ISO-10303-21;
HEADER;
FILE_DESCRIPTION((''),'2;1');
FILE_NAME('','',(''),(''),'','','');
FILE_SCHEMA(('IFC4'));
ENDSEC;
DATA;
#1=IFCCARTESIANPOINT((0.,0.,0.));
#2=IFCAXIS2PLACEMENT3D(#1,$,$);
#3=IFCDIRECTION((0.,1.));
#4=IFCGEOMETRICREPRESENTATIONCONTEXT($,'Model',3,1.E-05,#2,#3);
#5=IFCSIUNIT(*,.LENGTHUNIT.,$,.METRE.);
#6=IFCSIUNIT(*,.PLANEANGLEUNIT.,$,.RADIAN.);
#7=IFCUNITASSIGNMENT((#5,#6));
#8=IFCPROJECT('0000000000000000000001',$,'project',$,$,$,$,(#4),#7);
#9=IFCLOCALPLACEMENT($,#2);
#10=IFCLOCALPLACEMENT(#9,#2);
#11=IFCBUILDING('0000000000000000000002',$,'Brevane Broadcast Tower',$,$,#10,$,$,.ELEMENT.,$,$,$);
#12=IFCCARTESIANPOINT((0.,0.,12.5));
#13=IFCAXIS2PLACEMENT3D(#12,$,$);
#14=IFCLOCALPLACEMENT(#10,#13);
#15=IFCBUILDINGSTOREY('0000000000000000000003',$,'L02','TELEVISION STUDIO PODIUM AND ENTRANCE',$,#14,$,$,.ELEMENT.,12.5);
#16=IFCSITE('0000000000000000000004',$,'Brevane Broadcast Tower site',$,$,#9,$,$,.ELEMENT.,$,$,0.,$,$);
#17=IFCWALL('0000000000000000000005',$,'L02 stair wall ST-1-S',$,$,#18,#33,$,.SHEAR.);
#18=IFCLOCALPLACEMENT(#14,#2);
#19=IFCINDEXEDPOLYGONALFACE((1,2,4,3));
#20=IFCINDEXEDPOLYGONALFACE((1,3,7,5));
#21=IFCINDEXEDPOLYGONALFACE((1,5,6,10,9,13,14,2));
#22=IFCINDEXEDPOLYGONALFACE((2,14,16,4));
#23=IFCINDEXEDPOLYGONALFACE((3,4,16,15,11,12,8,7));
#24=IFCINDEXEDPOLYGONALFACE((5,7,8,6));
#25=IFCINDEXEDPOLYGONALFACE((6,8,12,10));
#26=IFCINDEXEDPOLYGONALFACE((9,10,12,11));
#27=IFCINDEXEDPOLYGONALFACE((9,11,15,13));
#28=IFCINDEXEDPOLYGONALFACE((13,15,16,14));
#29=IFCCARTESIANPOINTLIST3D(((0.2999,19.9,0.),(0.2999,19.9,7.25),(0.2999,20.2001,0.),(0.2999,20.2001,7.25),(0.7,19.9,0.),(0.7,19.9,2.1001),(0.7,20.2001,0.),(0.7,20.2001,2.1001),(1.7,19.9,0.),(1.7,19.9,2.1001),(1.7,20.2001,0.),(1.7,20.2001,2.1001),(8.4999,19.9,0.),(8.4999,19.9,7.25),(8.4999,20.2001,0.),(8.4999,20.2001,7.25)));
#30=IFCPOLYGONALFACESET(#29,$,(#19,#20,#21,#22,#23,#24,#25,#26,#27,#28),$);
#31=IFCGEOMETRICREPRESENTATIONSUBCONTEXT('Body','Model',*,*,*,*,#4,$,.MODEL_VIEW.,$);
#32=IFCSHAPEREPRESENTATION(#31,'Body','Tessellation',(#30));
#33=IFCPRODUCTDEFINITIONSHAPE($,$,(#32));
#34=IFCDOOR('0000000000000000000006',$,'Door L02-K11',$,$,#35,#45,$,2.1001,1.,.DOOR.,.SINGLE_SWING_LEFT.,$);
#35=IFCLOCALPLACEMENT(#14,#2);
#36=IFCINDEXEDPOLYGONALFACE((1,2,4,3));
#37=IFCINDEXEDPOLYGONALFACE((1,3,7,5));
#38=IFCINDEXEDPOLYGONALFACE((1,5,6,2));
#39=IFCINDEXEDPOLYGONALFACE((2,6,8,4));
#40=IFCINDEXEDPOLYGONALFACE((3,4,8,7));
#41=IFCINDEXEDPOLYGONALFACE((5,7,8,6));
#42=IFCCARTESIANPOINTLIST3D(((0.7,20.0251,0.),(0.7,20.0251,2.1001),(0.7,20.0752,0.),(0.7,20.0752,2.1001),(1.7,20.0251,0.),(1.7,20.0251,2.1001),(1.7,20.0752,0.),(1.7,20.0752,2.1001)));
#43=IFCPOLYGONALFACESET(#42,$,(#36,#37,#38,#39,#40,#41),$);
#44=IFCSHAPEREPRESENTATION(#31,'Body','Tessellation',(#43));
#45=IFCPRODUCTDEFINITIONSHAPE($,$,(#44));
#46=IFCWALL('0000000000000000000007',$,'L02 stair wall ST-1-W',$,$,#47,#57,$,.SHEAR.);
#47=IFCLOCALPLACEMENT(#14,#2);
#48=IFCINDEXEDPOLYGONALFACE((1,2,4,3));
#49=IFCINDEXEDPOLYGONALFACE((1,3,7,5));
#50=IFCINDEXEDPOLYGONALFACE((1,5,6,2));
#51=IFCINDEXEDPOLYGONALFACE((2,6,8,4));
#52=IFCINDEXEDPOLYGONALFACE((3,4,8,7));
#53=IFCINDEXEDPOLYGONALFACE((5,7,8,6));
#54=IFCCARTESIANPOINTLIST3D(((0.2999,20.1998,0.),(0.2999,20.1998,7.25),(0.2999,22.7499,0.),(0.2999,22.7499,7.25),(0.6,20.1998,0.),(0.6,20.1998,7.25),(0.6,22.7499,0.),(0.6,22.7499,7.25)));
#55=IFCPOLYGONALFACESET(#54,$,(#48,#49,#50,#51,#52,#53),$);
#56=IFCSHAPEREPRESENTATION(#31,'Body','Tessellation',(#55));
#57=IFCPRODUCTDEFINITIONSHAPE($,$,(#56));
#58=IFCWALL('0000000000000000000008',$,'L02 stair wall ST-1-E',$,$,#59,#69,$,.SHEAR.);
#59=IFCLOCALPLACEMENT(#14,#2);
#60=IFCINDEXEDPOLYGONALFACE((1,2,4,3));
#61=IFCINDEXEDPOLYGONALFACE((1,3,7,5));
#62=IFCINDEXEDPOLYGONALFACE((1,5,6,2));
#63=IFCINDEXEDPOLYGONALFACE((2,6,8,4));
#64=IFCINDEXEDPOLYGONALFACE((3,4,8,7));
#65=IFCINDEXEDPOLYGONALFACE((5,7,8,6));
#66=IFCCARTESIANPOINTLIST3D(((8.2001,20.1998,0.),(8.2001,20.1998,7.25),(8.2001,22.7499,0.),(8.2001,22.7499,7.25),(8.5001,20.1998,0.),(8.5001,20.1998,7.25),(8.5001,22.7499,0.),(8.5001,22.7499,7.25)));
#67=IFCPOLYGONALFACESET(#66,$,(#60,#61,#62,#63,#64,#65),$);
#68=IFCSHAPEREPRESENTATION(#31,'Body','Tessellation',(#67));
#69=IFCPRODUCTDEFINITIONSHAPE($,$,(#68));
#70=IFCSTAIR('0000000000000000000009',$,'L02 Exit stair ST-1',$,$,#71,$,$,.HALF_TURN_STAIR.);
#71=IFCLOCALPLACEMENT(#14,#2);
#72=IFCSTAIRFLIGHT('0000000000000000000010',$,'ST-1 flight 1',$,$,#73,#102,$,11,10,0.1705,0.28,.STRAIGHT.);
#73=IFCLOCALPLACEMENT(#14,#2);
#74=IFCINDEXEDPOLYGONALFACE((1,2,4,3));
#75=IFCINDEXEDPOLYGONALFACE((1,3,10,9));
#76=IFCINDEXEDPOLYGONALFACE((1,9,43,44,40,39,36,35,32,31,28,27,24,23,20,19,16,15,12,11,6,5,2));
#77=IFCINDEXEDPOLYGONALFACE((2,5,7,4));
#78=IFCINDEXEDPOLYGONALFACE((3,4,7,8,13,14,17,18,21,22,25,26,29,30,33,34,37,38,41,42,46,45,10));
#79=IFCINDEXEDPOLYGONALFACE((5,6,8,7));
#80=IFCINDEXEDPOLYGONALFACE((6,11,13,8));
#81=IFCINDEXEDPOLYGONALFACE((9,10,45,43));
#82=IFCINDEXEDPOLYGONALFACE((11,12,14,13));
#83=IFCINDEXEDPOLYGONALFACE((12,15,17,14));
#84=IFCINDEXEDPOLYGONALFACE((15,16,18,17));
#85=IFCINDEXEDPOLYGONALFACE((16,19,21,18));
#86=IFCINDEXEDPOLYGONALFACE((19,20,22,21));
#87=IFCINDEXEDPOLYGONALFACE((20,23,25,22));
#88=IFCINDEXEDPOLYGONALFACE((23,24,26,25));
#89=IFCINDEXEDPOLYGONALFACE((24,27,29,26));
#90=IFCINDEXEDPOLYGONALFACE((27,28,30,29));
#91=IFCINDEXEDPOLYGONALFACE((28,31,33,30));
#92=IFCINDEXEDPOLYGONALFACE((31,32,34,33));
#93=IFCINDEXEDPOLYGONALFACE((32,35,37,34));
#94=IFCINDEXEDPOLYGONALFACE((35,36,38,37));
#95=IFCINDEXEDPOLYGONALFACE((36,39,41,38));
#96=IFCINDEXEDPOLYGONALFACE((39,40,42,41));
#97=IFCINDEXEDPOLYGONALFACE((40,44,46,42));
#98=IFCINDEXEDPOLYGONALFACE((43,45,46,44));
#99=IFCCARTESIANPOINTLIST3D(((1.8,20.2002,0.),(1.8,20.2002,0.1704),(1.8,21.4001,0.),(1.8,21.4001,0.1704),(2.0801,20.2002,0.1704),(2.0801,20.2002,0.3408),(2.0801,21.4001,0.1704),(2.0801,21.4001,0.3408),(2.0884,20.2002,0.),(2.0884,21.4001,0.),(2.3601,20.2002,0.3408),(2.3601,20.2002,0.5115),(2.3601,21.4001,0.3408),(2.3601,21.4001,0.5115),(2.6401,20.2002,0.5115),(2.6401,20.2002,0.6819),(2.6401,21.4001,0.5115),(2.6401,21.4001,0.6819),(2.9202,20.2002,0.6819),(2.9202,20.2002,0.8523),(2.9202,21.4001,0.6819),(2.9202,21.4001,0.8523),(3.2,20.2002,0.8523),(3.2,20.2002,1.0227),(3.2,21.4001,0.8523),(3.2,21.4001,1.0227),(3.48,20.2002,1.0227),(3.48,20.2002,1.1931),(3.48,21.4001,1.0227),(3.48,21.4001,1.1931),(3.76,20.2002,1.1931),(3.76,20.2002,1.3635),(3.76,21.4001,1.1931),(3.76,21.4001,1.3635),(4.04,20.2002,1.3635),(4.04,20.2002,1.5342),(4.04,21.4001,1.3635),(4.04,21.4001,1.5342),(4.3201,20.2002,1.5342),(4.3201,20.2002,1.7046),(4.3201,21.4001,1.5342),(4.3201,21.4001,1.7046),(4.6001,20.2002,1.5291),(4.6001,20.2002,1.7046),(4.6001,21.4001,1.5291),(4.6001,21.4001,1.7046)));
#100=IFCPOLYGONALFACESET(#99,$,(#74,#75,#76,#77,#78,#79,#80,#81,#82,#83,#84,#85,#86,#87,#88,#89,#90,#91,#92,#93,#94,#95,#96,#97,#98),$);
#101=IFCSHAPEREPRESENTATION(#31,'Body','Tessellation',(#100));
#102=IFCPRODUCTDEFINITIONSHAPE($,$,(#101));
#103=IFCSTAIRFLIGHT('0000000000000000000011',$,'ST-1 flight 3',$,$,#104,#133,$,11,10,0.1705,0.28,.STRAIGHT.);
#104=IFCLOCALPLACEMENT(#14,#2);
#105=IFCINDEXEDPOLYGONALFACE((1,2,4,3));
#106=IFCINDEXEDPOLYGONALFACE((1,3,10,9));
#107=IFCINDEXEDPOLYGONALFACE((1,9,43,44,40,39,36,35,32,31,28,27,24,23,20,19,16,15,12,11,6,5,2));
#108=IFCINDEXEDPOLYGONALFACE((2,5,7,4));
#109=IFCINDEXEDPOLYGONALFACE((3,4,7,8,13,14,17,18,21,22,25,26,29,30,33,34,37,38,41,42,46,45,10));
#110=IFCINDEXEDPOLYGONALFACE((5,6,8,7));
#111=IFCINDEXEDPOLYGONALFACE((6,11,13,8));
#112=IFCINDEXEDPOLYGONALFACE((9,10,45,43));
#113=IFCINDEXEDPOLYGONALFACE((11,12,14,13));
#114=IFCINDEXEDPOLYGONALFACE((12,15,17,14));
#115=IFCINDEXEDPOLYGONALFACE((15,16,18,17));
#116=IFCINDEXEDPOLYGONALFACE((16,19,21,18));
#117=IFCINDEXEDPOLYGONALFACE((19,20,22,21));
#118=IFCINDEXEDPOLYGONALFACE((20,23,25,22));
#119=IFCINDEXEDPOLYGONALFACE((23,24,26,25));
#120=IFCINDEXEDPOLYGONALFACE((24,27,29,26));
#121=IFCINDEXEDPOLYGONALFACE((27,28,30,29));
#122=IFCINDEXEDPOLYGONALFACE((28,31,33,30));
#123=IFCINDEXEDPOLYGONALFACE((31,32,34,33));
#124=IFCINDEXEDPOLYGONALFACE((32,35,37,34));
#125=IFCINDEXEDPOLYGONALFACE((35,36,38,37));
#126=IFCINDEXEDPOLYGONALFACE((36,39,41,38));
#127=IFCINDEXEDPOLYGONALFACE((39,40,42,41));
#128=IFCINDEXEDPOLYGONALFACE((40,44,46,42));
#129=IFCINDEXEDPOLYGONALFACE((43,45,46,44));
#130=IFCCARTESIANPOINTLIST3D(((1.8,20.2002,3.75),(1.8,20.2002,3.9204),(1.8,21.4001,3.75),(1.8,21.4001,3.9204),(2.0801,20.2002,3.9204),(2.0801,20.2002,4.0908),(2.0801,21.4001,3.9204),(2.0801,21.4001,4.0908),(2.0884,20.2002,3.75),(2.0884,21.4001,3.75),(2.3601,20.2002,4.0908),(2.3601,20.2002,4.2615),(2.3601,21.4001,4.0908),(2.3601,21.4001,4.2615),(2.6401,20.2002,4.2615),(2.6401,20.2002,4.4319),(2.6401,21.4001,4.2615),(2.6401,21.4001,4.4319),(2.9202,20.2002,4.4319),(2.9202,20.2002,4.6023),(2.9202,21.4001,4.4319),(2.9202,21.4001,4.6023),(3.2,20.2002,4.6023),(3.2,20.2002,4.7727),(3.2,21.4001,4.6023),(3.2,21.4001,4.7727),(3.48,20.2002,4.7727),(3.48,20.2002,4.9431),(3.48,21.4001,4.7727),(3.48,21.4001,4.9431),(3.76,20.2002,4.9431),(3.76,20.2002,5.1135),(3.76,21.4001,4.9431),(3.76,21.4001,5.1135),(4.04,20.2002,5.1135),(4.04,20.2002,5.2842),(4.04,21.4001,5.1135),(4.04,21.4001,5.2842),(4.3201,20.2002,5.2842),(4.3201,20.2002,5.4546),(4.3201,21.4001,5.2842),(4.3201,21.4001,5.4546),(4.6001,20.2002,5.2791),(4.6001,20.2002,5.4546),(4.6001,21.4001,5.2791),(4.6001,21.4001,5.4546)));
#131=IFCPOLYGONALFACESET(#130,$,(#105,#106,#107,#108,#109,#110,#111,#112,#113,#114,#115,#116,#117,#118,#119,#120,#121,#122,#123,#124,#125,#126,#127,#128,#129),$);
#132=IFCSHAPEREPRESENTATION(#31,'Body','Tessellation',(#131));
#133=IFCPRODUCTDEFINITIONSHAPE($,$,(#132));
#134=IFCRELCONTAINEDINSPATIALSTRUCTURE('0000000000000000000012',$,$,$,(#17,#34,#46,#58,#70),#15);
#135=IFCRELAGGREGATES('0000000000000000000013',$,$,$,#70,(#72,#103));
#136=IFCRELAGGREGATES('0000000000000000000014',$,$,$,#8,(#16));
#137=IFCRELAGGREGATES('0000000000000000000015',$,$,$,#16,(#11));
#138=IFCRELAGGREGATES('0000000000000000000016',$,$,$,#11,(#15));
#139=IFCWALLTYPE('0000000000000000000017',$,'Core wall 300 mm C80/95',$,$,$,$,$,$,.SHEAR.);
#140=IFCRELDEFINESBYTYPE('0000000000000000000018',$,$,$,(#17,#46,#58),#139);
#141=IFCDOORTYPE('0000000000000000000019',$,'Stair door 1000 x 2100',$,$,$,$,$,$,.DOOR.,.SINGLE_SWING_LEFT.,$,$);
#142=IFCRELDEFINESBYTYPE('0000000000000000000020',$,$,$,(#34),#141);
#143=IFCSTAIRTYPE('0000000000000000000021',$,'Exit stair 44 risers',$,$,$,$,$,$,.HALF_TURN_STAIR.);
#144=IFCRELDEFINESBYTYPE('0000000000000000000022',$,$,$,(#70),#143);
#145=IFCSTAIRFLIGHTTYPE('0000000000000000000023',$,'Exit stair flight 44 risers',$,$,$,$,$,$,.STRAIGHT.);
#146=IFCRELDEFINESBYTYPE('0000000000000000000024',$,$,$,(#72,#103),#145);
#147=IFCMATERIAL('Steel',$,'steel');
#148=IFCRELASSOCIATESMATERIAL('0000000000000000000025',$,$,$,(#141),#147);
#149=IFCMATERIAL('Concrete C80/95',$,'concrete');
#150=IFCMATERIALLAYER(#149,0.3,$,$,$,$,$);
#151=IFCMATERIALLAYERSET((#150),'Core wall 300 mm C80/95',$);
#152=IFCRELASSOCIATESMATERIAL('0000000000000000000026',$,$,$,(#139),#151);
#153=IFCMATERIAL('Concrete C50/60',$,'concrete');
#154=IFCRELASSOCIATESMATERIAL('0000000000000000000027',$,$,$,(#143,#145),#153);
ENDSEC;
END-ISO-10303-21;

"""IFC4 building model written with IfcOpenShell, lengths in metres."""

from ifc_helpers import new_model, si_unit, direction, frame, frame_2d, origin, place, context, subcontext, project, spatial, polyline, rectangle, outline, extrude, material, layer, layer_set, type_object, element, fill, aggregate, save


model = new_model("IFC4")

# Units and contexts
model_context = context("Model", 3, precision=1e-05, world=origin(), true_north=direction((0.0, 1.0)))
body_context = subcontext(model_context, "Body", "Model", "MODEL_VIEW")
ifc_project = project(units=[si_unit("LENGTHUNIT", "METRE"), si_unit("PLANEANGLEUNIT", "RADIAN")], contexts=[model_context])

# Site, building, storey
site_placement = place(None, origin())
site = spatial("IfcSite", under=ifc_project, at=site_placement, Name="Brevane Broadcast Tower site", CompositionType="ELEMENT", RefElevation=0.0)
building_placement = place(site_placement, origin())
building = spatial("IfcBuilding", under=site, at=building_placement, Name="Brevane Broadcast Tower", CompositionType="ELEMENT")
storey_placement = place(building_placement, frame((0.0, 0.0, 12.5)))
storey = spatial("IfcBuildingStorey", under=building, at=storey_placement, Name="L02", Description="TELEVISION STUDIO PODIUM AND ENTRANCE", CompositionType="ELEMENT", Elevation=12.5)

# Shared definitions
ifc_material_1 = material(Name="Steel", Category="steel")

# Shared definitions
door_type_1 = type_object("IfcDoorType", Name="Stair door 1000 x 2100", OperationType="SINGLE_SWING_LEFT", PredefinedType="DOOR", material=ifc_material_1)

# Shared definitions
ifc_material_2 = material(Name="Concrete C80/95", Category="concrete")

# Shared definitions
ifc_layer_1 = layer(ifc_material_2, 0.3)
ifc_layer_set_1 = layer_set([ifc_layer_1], Name="Core wall 300 mm C80/95")
wall_type_1 = type_object("IfcWallType", Name="Core wall 300 mm C80/95", PredefinedType="SHEAR", material=ifc_layer_set_1)

# Wall, opening, door
wall_1_placement = place(storey_placement, frame((8.5, 20.05, 0.0), z_axis=(0.0, 0.0, 1.0), x_axis=(-1.0, 0.0, 0.0)))
wall_1 = element("IfcWall", 1, at=wall_1_placement, inside=storey, type_object=wall_type_1, Name="L02 stair wall ST-1-S", PredefinedType="SHEAR", context=body_context, shape_type="SweptSolid", body=[
    extrude(rectangle(XDim=8.2, YDim=0.3, at=frame_2d((4.1001, 0.0))), origin(), (0.0, 0.0, 1.0), 7.25),
])
opening_1_placement = place(wall_1_placement, frame((6.8, 0.0, 0.0)))
opening_1 = element("IfcOpeningElement", 2, at=opening_1_placement, cuts=wall_1, PredefinedType="OPENING", context=body_context, shape_type="SweptSolid", body=[
    extrude(rectangle(XDim=1.0, YDim=2.1001, at=frame_2d((0.5, 1.05))), frame((0.0, 0.1599, 0.0), z_axis=(0.0, -1.0, 0.0), x_axis=(1.0, 0.0, 0.0)), (0.0, 0.0, 1.0), 0.3201),
])
door_1_placement = place(opening_1_placement, origin())
door_1 = element("IfcDoor", 3, at=door_1_placement, inside=storey, type_object=door_type_1, Name="Door L02-K11", OperationType="SINGLE_SWING_LEFT", OverallHeight=2.1001, OverallWidth=1.0, PredefinedType="DOOR", context=body_context, shape_type="SweptSolid", body=[
    extrude(rectangle(XDim=1.0, YDim=2.1001, at=frame_2d((0.5, 1.05))), frame((0.0, 0.0249, 0.0), z_axis=(0.0, -1.0, 0.0), x_axis=(1.0, 0.0, 0.0)), (0.0, 0.0, 1.0), 0.05),
])
fill(opening_1, door_1)

# Walls
for number, where, z_axis, x_axis, name in (
    (4, (0.45, 20.2, 0.0), (0.0, 0.0, 1.0), (0.0, 1.0, 0.0), "L02 stair wall ST-1-W"),
    (5, (8.3501, 20.2, 0.0), (0.0, 0.0, 1.0), (0.0, 1.0, 0.0), "L02 stair wall ST-1-E"),
):
    element("IfcWall", number, at=place(storey_placement, frame(where, z_axis=z_axis, x_axis=x_axis)), inside=storey, type_object=wall_type_1, Name=name, PredefinedType="SHEAR", context=body_context, shape_type="SweptSolid", body=[
        extrude(rectangle(XDim=2.55, YDim=0.3, at=frame_2d((1.2749, 0.0))), origin(), (0.0, 0.0, 1.0), 7.25),
    ])

# Stair, stair flights
ifc_material_3 = material(Name="Concrete C50/60", Category="concrete")
stair_type = type_object("IfcStairType", Name="Exit stair 44 risers", PredefinedType="HALF_TURN_STAIR", material=ifc_material_3)
stair_placement = place(storey_placement, origin())
stair = element("IfcStair", 6, at=stair_placement, inside=storey, type_object=stair_type, Name="L02 Exit stair ST-1", PredefinedType="HALF_TURN_STAIR")
stair_flight_type = type_object("IfcStairFlightType", Name="Exit stair flight 44 risers", PredefinedType="STRAIGHT", material=ifc_material_3)
stair_flight_1_placement = place(storey_placement, frame((1.8, 20.8, 0.0), z_axis=(0.0, 0.0, 1.0), x_axis=(1.0, 0.0, 0.0)))
stair_flight_1 = element("IfcStairFlight", 7, at=stair_flight_1_placement, type_object=stair_flight_type, Name="ST-1 flight 1", NumberOfRisers=11, NumberOfTreads=10, PredefinedType="STRAIGHT", RiserHeight=0.1705, TreadLength=0.28, context=body_context, shape_type="SweptSolid", body=[
    extrude(outline(polyline([(0.0, 0.0), (0.0, 0.1704), (0.28, 0.1704), (0.28, 0.3408), (0.5601, 0.3408), (0.5601, 0.5115), (0.8401, 0.5115), (0.8401, 0.6819), (1.1201, 0.6819), (1.1201, 0.8523), (1.3999, 0.8523), (1.3999, 1.0227), (1.6799, 1.0227), (1.6799, 1.1931), (1.96, 1.1931), (1.96, 1.3635), (2.24, 1.3635), (2.24, 1.5342), (2.52, 1.5342), (2.52, 1.7046), (2.8, 1.7046), (2.8, 1.875), (2.8, 1.5291), (0.2883, 0.0), (0.0, 0.0)])), frame((0.0, 0.6001, 0.0), z_axis=(0.0, -1.0, 0.0), x_axis=(1.0, 0.0, 0.0)), (0.0, 0.0, 1.0), 1.2),
])
stair_flight_2_placement = place(storey_placement, frame((1.8, 20.8, 3.75), z_axis=(0.0, 0.0, 1.0), x_axis=(1.0, 0.0, 0.0)))
stair_flight_2 = element("IfcStairFlight", 8, at=stair_flight_2_placement, type_object=stair_flight_type, Name="ST-1 flight 3", NumberOfRisers=11, NumberOfTreads=10, PredefinedType="STRAIGHT", RiserHeight=0.1705, TreadLength=0.28, context=body_context, shape_type="SweptSolid", body=[
    extrude(outline(polyline([(0.0, 0.0), (0.0, 0.1704), (0.28, 0.1704), (0.28, 0.3408), (0.5601, 0.3408), (0.5601, 0.5115), (0.8401, 0.5115), (0.8401, 0.6819), (1.1201, 0.6819), (1.1201, 0.8523), (1.3999, 0.8523), (1.3999, 1.0227), (1.6799, 1.0227), (1.6799, 1.1931), (1.96, 1.1931), (1.96, 1.3635), (2.24, 1.3635), (2.24, 1.5342), (2.52, 1.5342), (2.52, 1.7046), (2.8, 1.7046), (2.8, 1.875), (2.8, 1.5291), (0.2883, 0.0), (0.0, 0.0)])), frame((0.0, 0.6001, 0.0), z_axis=(0.0, -1.0, 0.0), x_axis=(1.0, 0.0, 0.0)), (0.0, 0.0, 1.0), 1.2),
])
aggregate(stair, [stair_flight_1, stair_flight_2])

save(model, "model.ifc")
